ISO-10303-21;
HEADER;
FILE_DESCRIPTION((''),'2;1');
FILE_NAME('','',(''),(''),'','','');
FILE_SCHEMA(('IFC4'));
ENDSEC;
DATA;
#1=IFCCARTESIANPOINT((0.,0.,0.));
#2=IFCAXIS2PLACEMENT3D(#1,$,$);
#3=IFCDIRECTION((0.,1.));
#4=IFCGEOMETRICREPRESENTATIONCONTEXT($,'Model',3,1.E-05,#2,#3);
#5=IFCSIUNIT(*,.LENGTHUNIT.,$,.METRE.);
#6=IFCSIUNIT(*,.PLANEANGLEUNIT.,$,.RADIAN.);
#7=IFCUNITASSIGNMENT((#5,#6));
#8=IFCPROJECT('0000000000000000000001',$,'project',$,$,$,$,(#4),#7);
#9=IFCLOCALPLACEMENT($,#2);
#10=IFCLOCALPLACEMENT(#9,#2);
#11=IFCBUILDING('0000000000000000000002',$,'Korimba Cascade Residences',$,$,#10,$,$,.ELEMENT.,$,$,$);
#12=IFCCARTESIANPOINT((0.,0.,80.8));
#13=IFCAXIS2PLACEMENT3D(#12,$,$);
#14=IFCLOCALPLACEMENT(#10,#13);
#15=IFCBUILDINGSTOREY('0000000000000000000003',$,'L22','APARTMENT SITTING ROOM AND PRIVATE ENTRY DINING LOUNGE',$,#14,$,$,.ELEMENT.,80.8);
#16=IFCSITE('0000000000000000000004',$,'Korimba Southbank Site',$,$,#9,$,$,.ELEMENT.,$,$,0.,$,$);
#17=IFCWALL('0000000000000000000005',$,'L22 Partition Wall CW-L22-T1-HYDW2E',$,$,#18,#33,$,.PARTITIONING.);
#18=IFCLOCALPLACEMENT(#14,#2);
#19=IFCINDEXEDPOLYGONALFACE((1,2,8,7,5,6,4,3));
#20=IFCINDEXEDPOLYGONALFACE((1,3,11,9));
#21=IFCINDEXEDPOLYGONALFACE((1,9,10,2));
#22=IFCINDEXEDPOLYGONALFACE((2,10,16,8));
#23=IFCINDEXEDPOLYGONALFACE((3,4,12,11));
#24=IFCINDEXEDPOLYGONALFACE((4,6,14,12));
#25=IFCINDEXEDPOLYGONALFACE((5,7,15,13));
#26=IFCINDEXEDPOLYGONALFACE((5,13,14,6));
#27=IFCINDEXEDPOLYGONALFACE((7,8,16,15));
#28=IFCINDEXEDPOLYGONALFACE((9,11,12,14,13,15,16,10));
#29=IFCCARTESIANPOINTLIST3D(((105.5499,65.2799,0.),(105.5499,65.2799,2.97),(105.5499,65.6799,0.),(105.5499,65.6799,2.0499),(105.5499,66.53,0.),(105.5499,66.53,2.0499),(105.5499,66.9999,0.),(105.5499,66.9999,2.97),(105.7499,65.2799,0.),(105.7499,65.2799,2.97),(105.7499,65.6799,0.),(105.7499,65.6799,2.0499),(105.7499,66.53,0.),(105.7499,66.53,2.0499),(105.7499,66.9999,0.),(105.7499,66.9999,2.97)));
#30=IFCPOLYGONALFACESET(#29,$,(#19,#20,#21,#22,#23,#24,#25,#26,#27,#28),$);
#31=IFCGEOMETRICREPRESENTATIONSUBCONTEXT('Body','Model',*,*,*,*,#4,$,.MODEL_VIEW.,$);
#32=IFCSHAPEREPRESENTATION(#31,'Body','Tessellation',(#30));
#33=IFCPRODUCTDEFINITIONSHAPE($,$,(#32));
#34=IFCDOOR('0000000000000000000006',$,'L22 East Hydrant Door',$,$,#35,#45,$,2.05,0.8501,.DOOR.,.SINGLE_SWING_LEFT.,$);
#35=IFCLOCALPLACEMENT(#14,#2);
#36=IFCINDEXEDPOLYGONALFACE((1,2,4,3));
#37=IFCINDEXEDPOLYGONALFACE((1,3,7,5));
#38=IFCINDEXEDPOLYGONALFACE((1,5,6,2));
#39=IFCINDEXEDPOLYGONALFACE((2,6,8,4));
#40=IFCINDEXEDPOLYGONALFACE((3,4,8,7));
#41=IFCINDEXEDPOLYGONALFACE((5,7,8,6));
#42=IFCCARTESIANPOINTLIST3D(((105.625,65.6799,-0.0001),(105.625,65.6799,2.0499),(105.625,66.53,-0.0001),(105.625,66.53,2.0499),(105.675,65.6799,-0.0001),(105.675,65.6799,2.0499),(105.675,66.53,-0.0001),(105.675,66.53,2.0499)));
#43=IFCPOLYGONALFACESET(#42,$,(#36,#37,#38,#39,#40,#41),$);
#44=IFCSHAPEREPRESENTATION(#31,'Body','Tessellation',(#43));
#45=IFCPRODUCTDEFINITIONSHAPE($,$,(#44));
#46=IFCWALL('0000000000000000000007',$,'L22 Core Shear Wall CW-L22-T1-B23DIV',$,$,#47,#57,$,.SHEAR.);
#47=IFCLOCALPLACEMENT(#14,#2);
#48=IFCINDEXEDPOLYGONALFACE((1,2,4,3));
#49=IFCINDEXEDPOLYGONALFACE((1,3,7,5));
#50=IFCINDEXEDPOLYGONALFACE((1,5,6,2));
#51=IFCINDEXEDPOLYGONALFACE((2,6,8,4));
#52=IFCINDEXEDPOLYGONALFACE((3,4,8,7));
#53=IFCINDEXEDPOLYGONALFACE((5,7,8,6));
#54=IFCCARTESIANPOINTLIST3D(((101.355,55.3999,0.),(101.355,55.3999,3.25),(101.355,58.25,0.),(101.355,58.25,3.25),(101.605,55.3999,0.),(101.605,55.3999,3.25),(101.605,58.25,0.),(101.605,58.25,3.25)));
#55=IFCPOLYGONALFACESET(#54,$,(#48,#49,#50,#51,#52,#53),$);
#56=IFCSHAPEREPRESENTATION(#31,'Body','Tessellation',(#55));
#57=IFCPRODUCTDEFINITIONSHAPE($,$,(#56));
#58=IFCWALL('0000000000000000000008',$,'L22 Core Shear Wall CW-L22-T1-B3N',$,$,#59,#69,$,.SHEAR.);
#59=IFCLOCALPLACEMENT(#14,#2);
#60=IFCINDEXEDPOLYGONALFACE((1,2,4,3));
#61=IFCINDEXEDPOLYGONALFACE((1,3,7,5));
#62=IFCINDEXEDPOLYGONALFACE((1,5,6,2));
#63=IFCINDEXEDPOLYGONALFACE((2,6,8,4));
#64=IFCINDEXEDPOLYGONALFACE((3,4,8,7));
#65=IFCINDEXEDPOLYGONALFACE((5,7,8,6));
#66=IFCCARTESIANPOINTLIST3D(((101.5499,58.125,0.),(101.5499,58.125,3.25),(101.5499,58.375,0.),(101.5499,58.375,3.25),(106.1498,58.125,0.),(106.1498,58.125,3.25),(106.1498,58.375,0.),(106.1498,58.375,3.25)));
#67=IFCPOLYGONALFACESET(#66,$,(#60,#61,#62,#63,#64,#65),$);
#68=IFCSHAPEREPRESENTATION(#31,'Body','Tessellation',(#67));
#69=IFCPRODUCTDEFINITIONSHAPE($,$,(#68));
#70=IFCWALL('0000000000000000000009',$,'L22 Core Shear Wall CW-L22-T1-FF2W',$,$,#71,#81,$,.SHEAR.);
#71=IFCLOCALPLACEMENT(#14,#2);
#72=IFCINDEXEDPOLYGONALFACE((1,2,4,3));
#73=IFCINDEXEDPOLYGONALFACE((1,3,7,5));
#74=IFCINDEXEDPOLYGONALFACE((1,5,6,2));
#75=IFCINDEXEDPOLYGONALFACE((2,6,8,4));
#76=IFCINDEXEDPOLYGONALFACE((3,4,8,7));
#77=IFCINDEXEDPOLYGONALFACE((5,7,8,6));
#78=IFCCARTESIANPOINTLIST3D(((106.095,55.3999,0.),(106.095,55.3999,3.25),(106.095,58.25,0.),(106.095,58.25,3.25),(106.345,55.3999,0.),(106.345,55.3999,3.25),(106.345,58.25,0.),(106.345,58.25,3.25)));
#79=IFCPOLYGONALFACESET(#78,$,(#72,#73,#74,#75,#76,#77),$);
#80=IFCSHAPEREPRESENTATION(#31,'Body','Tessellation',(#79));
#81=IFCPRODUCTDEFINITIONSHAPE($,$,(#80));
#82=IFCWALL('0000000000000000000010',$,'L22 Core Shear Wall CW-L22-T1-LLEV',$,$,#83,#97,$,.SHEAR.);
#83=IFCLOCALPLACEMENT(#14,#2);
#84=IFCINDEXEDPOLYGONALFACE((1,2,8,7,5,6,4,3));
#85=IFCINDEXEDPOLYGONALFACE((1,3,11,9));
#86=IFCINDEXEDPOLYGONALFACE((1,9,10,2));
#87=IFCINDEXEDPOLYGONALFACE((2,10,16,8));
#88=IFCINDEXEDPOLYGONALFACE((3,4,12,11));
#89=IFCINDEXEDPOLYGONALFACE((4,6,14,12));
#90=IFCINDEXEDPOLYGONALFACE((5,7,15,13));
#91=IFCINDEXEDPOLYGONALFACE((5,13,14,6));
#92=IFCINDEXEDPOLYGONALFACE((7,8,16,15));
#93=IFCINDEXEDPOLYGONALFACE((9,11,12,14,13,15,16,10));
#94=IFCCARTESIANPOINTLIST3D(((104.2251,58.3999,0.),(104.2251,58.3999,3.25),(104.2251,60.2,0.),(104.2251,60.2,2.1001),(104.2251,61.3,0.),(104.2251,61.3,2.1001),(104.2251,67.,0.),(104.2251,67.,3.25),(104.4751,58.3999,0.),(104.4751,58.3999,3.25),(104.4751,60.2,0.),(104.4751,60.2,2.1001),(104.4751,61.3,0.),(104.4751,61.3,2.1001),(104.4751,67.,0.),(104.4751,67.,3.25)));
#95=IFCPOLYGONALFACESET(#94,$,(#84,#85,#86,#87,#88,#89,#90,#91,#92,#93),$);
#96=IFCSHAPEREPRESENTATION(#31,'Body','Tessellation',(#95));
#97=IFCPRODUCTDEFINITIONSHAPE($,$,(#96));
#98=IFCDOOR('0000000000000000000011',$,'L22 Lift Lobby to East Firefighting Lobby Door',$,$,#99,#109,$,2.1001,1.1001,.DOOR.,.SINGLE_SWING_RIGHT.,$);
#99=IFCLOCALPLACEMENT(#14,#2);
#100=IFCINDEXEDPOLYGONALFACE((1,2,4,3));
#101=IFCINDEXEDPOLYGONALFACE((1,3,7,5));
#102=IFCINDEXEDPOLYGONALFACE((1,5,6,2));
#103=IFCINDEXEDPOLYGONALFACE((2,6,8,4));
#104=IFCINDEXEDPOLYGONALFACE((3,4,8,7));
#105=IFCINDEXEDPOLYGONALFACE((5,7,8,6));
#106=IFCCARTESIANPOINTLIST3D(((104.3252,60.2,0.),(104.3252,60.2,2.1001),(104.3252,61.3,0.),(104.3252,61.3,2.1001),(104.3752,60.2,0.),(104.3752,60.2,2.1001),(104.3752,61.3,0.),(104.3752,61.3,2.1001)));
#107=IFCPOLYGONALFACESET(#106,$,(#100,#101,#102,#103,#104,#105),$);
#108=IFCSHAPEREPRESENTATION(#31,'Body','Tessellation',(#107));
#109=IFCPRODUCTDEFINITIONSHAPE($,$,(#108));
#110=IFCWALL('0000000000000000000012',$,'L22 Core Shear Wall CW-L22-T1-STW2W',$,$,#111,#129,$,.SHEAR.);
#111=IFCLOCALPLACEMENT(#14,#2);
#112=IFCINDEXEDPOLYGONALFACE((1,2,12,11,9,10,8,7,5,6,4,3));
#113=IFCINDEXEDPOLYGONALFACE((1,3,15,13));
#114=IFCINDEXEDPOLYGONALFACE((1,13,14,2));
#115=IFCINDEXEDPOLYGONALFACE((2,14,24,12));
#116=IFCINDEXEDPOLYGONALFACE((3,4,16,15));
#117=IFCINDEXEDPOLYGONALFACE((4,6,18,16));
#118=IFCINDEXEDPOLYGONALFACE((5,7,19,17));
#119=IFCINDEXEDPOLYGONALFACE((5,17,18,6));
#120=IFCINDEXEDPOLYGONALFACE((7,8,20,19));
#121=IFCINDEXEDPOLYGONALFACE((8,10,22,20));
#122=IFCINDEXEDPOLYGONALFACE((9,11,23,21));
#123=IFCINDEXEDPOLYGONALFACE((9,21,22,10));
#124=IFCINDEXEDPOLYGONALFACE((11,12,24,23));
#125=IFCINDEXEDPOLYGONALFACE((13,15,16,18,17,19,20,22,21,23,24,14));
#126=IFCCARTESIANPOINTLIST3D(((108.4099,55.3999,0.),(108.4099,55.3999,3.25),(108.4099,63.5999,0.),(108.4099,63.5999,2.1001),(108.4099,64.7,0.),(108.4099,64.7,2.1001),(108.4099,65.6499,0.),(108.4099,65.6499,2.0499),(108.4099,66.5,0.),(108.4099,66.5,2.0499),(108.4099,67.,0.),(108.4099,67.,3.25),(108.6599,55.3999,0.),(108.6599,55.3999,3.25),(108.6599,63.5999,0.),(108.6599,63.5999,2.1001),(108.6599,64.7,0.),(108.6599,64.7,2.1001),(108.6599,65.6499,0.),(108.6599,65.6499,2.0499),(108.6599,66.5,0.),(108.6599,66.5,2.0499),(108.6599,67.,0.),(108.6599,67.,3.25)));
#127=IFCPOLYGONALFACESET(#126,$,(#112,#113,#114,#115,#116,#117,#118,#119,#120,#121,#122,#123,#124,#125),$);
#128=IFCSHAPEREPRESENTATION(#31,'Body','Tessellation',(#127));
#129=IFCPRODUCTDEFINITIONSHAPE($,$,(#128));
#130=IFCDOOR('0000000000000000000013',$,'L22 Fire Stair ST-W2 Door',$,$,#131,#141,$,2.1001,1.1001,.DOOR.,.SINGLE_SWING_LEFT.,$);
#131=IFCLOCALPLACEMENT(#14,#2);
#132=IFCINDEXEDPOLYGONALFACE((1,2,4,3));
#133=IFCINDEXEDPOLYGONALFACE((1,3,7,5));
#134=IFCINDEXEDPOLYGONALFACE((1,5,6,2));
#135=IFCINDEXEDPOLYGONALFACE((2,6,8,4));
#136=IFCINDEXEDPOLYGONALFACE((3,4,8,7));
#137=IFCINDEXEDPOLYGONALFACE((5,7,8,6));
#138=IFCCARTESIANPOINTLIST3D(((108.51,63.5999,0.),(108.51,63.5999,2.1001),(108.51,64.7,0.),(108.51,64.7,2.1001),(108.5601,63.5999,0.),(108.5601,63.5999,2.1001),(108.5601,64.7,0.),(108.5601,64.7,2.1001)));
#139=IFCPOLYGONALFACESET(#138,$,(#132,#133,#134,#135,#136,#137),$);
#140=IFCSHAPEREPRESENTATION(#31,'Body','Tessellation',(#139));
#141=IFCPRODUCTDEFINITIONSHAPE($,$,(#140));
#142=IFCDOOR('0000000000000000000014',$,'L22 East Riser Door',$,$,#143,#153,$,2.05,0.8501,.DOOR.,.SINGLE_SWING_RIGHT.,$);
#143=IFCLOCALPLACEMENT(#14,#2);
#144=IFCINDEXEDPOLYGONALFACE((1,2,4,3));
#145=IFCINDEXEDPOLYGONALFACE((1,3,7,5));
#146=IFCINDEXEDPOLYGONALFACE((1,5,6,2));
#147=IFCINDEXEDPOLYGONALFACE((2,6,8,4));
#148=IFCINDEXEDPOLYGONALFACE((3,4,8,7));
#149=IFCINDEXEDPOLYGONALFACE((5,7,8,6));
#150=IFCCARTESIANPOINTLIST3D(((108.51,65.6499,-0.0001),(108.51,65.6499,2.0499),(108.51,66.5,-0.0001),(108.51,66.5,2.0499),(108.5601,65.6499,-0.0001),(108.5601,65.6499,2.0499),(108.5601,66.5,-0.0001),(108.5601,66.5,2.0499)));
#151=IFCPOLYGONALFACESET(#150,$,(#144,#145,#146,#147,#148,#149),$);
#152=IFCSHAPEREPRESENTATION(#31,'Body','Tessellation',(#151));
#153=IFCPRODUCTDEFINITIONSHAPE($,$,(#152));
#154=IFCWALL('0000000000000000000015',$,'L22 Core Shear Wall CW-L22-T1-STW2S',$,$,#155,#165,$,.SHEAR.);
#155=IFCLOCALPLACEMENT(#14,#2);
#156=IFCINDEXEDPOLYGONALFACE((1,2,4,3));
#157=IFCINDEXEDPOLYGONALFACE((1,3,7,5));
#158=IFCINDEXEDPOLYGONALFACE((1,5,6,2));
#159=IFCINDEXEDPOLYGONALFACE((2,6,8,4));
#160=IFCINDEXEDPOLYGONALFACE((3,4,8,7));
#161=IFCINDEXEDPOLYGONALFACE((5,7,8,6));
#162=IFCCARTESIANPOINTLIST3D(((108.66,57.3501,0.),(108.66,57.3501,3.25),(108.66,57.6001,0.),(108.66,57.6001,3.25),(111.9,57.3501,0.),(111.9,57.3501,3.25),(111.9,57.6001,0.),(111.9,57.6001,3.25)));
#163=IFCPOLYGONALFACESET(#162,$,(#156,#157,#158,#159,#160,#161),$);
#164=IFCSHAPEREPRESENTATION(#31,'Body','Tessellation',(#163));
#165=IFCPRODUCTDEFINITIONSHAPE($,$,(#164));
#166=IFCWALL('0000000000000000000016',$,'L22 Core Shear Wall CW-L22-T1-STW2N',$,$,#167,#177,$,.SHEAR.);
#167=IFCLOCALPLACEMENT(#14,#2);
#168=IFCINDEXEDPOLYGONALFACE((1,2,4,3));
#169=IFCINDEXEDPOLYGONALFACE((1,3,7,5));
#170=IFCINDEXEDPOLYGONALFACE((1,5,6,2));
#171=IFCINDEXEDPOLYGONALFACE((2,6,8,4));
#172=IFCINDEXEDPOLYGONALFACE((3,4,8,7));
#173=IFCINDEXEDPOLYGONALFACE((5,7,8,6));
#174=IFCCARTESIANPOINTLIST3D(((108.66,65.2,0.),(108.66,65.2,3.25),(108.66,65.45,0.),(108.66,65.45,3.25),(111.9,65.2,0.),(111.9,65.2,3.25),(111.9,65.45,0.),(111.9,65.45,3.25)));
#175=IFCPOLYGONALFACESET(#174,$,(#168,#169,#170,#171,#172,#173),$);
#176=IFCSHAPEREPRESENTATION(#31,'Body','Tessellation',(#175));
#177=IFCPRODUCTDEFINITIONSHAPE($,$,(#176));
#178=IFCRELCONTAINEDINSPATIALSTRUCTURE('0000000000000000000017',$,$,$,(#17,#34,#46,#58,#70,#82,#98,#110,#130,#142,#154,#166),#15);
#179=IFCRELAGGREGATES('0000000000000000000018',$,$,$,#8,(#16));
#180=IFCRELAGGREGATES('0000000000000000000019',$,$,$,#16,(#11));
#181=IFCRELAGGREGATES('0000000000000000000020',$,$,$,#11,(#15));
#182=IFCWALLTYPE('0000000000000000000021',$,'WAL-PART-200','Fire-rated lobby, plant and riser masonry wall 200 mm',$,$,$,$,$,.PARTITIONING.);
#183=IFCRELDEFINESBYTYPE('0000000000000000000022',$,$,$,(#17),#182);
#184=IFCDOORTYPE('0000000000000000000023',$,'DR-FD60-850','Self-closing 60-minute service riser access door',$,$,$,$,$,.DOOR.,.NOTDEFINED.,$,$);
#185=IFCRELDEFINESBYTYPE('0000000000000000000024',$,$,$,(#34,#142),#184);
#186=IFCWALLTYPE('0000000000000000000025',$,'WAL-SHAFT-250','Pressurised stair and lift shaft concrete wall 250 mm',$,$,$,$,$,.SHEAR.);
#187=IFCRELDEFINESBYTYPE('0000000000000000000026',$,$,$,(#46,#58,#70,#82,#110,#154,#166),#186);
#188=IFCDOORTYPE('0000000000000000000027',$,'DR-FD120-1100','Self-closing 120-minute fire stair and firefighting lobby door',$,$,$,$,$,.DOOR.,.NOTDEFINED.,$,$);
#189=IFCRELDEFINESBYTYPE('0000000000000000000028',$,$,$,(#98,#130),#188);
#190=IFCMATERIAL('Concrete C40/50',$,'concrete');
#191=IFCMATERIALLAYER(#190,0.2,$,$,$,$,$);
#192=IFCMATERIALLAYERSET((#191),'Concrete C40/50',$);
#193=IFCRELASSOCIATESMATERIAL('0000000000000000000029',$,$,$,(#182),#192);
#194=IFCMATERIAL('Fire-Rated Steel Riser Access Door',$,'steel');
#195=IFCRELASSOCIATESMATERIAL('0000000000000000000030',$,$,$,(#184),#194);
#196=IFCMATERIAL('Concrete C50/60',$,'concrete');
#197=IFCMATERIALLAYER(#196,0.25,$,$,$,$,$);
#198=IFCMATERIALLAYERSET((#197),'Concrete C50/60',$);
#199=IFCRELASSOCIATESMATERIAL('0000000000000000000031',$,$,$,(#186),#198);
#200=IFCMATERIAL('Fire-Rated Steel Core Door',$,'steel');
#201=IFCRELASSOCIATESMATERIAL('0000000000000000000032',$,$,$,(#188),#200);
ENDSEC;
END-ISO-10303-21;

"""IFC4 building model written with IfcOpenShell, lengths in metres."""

from ifc_helpers import new_model, si_unit, direction, frame, frame_2d, origin, place, context, subcontext, project, spatial, rectangle, extrude, material, layer, layer_set, type_object, element, fill, save


model = new_model("IFC4")

# Units and contexts
model_context = context("Model", 3, precision=1e-05, world=origin(), true_north=direction((0.0, 1.0)))
body_context = subcontext(model_context, "Body", "Model", "MODEL_VIEW")
ifc_project = project(units=[si_unit("LENGTHUNIT", "METRE"), si_unit("PLANEANGLEUNIT", "RADIAN")], contexts=[model_context])

# Site, building, storey
site_placement = place(None, origin())
site = spatial("IfcSite", under=ifc_project, at=site_placement, Name="Korimba Southbank Site", CompositionType="ELEMENT", RefElevation=0.0)
building_placement = place(site_placement, origin())
building = spatial("IfcBuilding", under=site, at=building_placement, Name="Korimba Cascade Residences", CompositionType="ELEMENT")
storey_placement = place(building_placement, frame((0.0, 0.0, 80.8)))
storey = spatial("IfcBuildingStorey", under=building, at=storey_placement, Name="L22", Description="APARTMENT SITTING ROOM AND PRIVATE ENTRY DINING LOUNGE", CompositionType="ELEMENT", Elevation=80.8)

# Shared definitions
ifc_material_1 = material(Name="Concrete C40/50", Category="concrete")
ifc_layer_1 = layer(ifc_material_1, 0.2)
ifc_layer_set_1 = layer_set([ifc_layer_1], Name="Concrete C40/50")
wall_type_1 = type_object("IfcWallType", Name="WAL-PART-200", Description="Fire-rated lobby, plant and riser masonry wall 200 mm", PredefinedType="PARTITIONING", material=ifc_layer_set_1)

# Wall, opening, door
wall_1_placement = place(storey_placement, frame((105.6499, 65.28, 0.0), z_axis=(0.0, 0.0, 1.0), x_axis=(0.0, 1.0, 0.0)))
wall_1 = element("IfcWall", 1, at=wall_1_placement, inside=storey, type_object=wall_type_1, Name="L22 Partition Wall CW-L22-T1-HYDW2E", PredefinedType="PARTITIONING", context=body_context, shape_type="SweptSolid", body=[
    extrude(rectangle(XDim=1.72, YDim=0.2, at=frame_2d((0.8599, 0.0))), origin(), (0.0, 0.0, 1.0), 2.97),
])
opening_1_placement = place(wall_1_placement, frame((0.3999, 0.0, 0.0)))
opening_1 = element("IfcOpeningElement", 2, at=opening_1_placement, cuts=wall_1, PredefinedType="OPENING", context=body_context, shape_type="SweptSolid", body=[
    extrude(rectangle(XDim=0.8501, YDim=2.05, at=frame_2d((0.425, 1.0249))), frame((0.0, 0.1099, 0.0), z_axis=(0.0, -1.0, 0.0), x_axis=(1.0, 0.0, 0.0)), (0.0, 0.0, 1.0), 0.22),
])
ifc_material_2 = material(Name="Fire-Rated Steel Riser Access Door", Category="steel")
door_type_1 = type_object("IfcDoorType", Name="DR-FD60-850", Description="Self-closing 60-minute service riser access door", OperationType="NOTDEFINED", PredefinedType="DOOR", material=ifc_material_2)
door_1_placement = place(opening_1_placement, origin())
door_1 = element("IfcDoor", 3, at=door_1_placement, inside=storey, type_object=door_type_1, Name="L22 East Hydrant Door", OperationType="SINGLE_SWING_LEFT", OverallHeight=2.05, OverallWidth=0.8501, PredefinedType="DOOR", context=body_context, shape_type="SweptSolid", body=[
    extrude(rectangle(XDim=0.8501, YDim=2.05, at=frame_2d((0.425, 1.0249))), frame((0.0, 0.0249, 0.0), z_axis=(0.0, -1.0, 0.0), x_axis=(1.0, 0.0, 0.0)), (0.0, 0.0, 1.0), 0.05),
])
fill(opening_1, door_1)

# Walls
ifc_material_3 = material(Name="Concrete C50/60", Category="concrete")
ifc_layer_2 = layer(ifc_material_3, 0.25)
ifc_layer_set_2 = layer_set([ifc_layer_2], Name="Concrete C50/60")
wall_type_2 = type_object("IfcWallType", Name="WAL-SHAFT-250", Description="Pressurised stair and lift shaft concrete wall 250 mm", PredefinedType="SHEAR", material=ifc_layer_set_2)
wall_2_placement = place(storey_placement, frame((101.48, 55.3999, 0.0), z_axis=(0.0, 0.0, 1.0), x_axis=(0.0, 1.0, 0.0)))
element("IfcWall", 4, at=wall_2_placement, inside=storey, type_object=wall_type_2, Name="L22 Core Shear Wall CW-L22-T1-B23DIV", PredefinedType="SHEAR", context=body_context, shape_type="SweptSolid", body=[
    extrude(rectangle(XDim=2.8501, YDim=0.25, at=frame_2d((1.425, 0.0))), origin(), (0.0, 0.0, 1.0), 3.25),
])
wall_3_placement = place(storey_placement, frame((101.55, 58.25, 0.0), z_axis=(0.0, 0.0, 1.0), x_axis=(1.0, 0.0, 0.0)))
element("IfcWall", 5, at=wall_3_placement, inside=storey, type_object=wall_type_2, Name="L22 Core Shear Wall CW-L22-T1-B3N", PredefinedType="SHEAR", context=body_context, shape_type="SweptSolid", body=[
    extrude(rectangle(XDim=4.5999, YDim=0.25, at=frame_2d((2.2998, 0.0))), origin(), (0.0, 0.0, 1.0), 3.25),
])
wall_4_placement = place(storey_placement, frame((106.22, 55.3999, 0.0), z_axis=(0.0, 0.0, 1.0), x_axis=(0.0, 1.0, 0.0)))
element("IfcWall", 6, at=wall_4_placement, inside=storey, type_object=wall_type_2, Name="L22 Core Shear Wall CW-L22-T1-FF2W", PredefinedType="SHEAR", context=body_context, shape_type="SweptSolid", body=[
    extrude(rectangle(XDim=2.8501, YDim=0.25, at=frame_2d((1.425, 0.0))), origin(), (0.0, 0.0, 1.0), 3.25),
])

# Wall, opening, door
wall_5_placement = place(storey_placement, frame((104.3501, 58.3999, 0.0), z_axis=(0.0, 0.0, 1.0), x_axis=(0.0, 1.0, 0.0)))
wall_5 = element("IfcWall", 7, at=wall_5_placement, inside=storey, type_object=wall_type_2, Name="L22 Core Shear Wall CW-L22-T1-LLEV", PredefinedType="SHEAR", context=body_context, shape_type="SweptSolid", body=[
    extrude(rectangle(XDim=8.6001, YDim=0.25, at=frame_2d((4.3, 0.0))), origin(), (0.0, 0.0, 1.0), 3.25),
])
opening_2_placement = place(wall_5_placement, frame((1.8, 0.0, 0.0)))
opening_2 = element("IfcOpeningElement", 8, at=opening_2_placement, cuts=wall_5, PredefinedType="OPENING", context=body_context, shape_type="SweptSolid", body=[
    extrude(rectangle(XDim=1.1001, YDim=2.1001, at=frame_2d((0.55, 1.05))), frame((0.0, 0.135, 0.0), z_axis=(0.0, -1.0, 0.0), x_axis=(1.0, 0.0, 0.0)), (0.0, 0.0, 1.0), 0.27),
])
ifc_material_4 = material(Name="Fire-Rated Steel Core Door", Category="steel")
door_type_2 = type_object("IfcDoorType", Name="DR-FD120-1100", Description="Self-closing 120-minute fire stair and firefighting lobby door", OperationType="NOTDEFINED", PredefinedType="DOOR", material=ifc_material_4)
door_2_placement = place(opening_2_placement, origin())
door_2 = element("IfcDoor", 9, at=door_2_placement, inside=storey, type_object=door_type_2, Name="L22 Lift Lobby to East Firefighting Lobby Door", OperationType="SINGLE_SWING_RIGHT", OverallHeight=2.1001, OverallWidth=1.1001, PredefinedType="DOOR", context=body_context, shape_type="SweptSolid", body=[
    extrude(rectangle(XDim=1.1001, YDim=2.1001, at=frame_2d((0.55, 1.05))), frame((0.0, 0.0249, 0.0), z_axis=(0.0, -1.0, 0.0), x_axis=(1.0, 0.0, 0.0)), (0.0, 0.0, 1.0), 0.05),
])
fill(opening_2, door_2)

# Wall, openings, doors
wall_6_placement = place(storey_placement, frame((108.5349, 55.3999, 0.0), z_axis=(0.0, 0.0, 1.0), x_axis=(0.0, 1.0, 0.0)))
wall_6 = element("IfcWall", 10, at=wall_6_placement, inside=storey, type_object=wall_type_2, Name="L22 Core Shear Wall CW-L22-T1-STW2W", PredefinedType="SHEAR", context=body_context, shape_type="SweptSolid", body=[
    extrude(rectangle(XDim=11.6001, YDim=0.25, at=frame_2d((5.8, 0.0))), origin(), (0.0, 0.0, 1.0), 3.25),
])
opening_3_placement = place(wall_6_placement, frame((8.2, 0.0, 0.0)))
opening_3 = element("IfcOpeningElement", 11, at=opening_3_placement, cuts=wall_6, PredefinedType="OPENING", context=body_context, shape_type="SweptSolid", body=[
    extrude(rectangle(XDim=1.1001, YDim=2.1001, at=frame_2d((0.55, 1.05))), frame((0.0, 0.135, 0.0), z_axis=(0.0, -1.0, 0.0), x_axis=(1.0, 0.0, 0.0)), (0.0, 0.0, 1.0), 0.27),
])
opening_4_placement = place(wall_6_placement, frame((10.25, 0.0, 0.0)))
opening_4 = element("IfcOpeningElement", 12, at=opening_4_placement, cuts=wall_6, PredefinedType="OPENING", context=body_context, shape_type="SweptSolid", body=[
    extrude(rectangle(XDim=0.8501, YDim=2.05, at=frame_2d((0.425, 1.0249))), frame((0.0, 0.135, 0.0), z_axis=(0.0, -1.0, 0.0), x_axis=(1.0, 0.0, 0.0)), (0.0, 0.0, 1.0), 0.27),
])
door_3_placement = place(opening_3_placement, origin())
door_3 = element("IfcDoor", 13, at=door_3_placement, inside=storey, type_object=door_type_2, Name="L22 Fire Stair ST-W2 Door", OperationType="SINGLE_SWING_LEFT", OverallHeight=2.1001, OverallWidth=1.1001, PredefinedType="DOOR", context=body_context, shape_type="SweptSolid", body=[
    extrude(rectangle(XDim=1.1001, YDim=2.1001, at=frame_2d((0.55, 1.05))), frame((0.0, 0.0249, 0.0), z_axis=(0.0, -1.0, 0.0), x_axis=(1.0, 0.0, 0.0)), (0.0, 0.0, 1.0), 0.05),
])
fill(opening_3, door_3)
door_4_placement = place(opening_4_placement, origin())
door_4 = element("IfcDoor", 14, at=door_4_placement, inside=storey, type_object=door_type_1, Name="L22 East Riser Door", OperationType="SINGLE_SWING_RIGHT", OverallHeight=2.05, OverallWidth=0.8501, PredefinedType="DOOR", context=body_context, shape_type="SweptSolid", body=[
    extrude(rectangle(XDim=0.8501, YDim=2.05, at=frame_2d((0.425, 1.0249))), frame((0.0, 0.0249, 0.0), z_axis=(0.0, -1.0, 0.0), x_axis=(1.0, 0.0, 0.0)), (0.0, 0.0, 1.0), 0.05),
])
fill(opening_4, door_4)

# Walls
for number, where, z_axis, x_axis, name in (
    (15, (108.6599, 57.4751, 0.0), (0.0, 0.0, 1.0), (1.0, 0.0, 0.0), "L22 Core Shear Wall CW-L22-T1-STW2S"),
    (16, (108.6599, 65.325, 0.0), (0.0, 0.0, 1.0), (1.0, 0.0, 0.0), "L22 Core Shear Wall CW-L22-T1-STW2N"),
):
    element("IfcWall", number, at=place(storey_placement, frame(where, z_axis=z_axis, x_axis=x_axis)), inside=storey, type_object=wall_type_2, Name=name, PredefinedType="SHEAR", context=body_context, shape_type="SweptSolid", body=[
        extrude(rectangle(XDim=3.24, YDim=0.25, at=frame_2d((1.6201, 0.0))), origin(), (0.0, 0.0, 1.0), 3.25),
    ])

save(model, "model.ifc")
